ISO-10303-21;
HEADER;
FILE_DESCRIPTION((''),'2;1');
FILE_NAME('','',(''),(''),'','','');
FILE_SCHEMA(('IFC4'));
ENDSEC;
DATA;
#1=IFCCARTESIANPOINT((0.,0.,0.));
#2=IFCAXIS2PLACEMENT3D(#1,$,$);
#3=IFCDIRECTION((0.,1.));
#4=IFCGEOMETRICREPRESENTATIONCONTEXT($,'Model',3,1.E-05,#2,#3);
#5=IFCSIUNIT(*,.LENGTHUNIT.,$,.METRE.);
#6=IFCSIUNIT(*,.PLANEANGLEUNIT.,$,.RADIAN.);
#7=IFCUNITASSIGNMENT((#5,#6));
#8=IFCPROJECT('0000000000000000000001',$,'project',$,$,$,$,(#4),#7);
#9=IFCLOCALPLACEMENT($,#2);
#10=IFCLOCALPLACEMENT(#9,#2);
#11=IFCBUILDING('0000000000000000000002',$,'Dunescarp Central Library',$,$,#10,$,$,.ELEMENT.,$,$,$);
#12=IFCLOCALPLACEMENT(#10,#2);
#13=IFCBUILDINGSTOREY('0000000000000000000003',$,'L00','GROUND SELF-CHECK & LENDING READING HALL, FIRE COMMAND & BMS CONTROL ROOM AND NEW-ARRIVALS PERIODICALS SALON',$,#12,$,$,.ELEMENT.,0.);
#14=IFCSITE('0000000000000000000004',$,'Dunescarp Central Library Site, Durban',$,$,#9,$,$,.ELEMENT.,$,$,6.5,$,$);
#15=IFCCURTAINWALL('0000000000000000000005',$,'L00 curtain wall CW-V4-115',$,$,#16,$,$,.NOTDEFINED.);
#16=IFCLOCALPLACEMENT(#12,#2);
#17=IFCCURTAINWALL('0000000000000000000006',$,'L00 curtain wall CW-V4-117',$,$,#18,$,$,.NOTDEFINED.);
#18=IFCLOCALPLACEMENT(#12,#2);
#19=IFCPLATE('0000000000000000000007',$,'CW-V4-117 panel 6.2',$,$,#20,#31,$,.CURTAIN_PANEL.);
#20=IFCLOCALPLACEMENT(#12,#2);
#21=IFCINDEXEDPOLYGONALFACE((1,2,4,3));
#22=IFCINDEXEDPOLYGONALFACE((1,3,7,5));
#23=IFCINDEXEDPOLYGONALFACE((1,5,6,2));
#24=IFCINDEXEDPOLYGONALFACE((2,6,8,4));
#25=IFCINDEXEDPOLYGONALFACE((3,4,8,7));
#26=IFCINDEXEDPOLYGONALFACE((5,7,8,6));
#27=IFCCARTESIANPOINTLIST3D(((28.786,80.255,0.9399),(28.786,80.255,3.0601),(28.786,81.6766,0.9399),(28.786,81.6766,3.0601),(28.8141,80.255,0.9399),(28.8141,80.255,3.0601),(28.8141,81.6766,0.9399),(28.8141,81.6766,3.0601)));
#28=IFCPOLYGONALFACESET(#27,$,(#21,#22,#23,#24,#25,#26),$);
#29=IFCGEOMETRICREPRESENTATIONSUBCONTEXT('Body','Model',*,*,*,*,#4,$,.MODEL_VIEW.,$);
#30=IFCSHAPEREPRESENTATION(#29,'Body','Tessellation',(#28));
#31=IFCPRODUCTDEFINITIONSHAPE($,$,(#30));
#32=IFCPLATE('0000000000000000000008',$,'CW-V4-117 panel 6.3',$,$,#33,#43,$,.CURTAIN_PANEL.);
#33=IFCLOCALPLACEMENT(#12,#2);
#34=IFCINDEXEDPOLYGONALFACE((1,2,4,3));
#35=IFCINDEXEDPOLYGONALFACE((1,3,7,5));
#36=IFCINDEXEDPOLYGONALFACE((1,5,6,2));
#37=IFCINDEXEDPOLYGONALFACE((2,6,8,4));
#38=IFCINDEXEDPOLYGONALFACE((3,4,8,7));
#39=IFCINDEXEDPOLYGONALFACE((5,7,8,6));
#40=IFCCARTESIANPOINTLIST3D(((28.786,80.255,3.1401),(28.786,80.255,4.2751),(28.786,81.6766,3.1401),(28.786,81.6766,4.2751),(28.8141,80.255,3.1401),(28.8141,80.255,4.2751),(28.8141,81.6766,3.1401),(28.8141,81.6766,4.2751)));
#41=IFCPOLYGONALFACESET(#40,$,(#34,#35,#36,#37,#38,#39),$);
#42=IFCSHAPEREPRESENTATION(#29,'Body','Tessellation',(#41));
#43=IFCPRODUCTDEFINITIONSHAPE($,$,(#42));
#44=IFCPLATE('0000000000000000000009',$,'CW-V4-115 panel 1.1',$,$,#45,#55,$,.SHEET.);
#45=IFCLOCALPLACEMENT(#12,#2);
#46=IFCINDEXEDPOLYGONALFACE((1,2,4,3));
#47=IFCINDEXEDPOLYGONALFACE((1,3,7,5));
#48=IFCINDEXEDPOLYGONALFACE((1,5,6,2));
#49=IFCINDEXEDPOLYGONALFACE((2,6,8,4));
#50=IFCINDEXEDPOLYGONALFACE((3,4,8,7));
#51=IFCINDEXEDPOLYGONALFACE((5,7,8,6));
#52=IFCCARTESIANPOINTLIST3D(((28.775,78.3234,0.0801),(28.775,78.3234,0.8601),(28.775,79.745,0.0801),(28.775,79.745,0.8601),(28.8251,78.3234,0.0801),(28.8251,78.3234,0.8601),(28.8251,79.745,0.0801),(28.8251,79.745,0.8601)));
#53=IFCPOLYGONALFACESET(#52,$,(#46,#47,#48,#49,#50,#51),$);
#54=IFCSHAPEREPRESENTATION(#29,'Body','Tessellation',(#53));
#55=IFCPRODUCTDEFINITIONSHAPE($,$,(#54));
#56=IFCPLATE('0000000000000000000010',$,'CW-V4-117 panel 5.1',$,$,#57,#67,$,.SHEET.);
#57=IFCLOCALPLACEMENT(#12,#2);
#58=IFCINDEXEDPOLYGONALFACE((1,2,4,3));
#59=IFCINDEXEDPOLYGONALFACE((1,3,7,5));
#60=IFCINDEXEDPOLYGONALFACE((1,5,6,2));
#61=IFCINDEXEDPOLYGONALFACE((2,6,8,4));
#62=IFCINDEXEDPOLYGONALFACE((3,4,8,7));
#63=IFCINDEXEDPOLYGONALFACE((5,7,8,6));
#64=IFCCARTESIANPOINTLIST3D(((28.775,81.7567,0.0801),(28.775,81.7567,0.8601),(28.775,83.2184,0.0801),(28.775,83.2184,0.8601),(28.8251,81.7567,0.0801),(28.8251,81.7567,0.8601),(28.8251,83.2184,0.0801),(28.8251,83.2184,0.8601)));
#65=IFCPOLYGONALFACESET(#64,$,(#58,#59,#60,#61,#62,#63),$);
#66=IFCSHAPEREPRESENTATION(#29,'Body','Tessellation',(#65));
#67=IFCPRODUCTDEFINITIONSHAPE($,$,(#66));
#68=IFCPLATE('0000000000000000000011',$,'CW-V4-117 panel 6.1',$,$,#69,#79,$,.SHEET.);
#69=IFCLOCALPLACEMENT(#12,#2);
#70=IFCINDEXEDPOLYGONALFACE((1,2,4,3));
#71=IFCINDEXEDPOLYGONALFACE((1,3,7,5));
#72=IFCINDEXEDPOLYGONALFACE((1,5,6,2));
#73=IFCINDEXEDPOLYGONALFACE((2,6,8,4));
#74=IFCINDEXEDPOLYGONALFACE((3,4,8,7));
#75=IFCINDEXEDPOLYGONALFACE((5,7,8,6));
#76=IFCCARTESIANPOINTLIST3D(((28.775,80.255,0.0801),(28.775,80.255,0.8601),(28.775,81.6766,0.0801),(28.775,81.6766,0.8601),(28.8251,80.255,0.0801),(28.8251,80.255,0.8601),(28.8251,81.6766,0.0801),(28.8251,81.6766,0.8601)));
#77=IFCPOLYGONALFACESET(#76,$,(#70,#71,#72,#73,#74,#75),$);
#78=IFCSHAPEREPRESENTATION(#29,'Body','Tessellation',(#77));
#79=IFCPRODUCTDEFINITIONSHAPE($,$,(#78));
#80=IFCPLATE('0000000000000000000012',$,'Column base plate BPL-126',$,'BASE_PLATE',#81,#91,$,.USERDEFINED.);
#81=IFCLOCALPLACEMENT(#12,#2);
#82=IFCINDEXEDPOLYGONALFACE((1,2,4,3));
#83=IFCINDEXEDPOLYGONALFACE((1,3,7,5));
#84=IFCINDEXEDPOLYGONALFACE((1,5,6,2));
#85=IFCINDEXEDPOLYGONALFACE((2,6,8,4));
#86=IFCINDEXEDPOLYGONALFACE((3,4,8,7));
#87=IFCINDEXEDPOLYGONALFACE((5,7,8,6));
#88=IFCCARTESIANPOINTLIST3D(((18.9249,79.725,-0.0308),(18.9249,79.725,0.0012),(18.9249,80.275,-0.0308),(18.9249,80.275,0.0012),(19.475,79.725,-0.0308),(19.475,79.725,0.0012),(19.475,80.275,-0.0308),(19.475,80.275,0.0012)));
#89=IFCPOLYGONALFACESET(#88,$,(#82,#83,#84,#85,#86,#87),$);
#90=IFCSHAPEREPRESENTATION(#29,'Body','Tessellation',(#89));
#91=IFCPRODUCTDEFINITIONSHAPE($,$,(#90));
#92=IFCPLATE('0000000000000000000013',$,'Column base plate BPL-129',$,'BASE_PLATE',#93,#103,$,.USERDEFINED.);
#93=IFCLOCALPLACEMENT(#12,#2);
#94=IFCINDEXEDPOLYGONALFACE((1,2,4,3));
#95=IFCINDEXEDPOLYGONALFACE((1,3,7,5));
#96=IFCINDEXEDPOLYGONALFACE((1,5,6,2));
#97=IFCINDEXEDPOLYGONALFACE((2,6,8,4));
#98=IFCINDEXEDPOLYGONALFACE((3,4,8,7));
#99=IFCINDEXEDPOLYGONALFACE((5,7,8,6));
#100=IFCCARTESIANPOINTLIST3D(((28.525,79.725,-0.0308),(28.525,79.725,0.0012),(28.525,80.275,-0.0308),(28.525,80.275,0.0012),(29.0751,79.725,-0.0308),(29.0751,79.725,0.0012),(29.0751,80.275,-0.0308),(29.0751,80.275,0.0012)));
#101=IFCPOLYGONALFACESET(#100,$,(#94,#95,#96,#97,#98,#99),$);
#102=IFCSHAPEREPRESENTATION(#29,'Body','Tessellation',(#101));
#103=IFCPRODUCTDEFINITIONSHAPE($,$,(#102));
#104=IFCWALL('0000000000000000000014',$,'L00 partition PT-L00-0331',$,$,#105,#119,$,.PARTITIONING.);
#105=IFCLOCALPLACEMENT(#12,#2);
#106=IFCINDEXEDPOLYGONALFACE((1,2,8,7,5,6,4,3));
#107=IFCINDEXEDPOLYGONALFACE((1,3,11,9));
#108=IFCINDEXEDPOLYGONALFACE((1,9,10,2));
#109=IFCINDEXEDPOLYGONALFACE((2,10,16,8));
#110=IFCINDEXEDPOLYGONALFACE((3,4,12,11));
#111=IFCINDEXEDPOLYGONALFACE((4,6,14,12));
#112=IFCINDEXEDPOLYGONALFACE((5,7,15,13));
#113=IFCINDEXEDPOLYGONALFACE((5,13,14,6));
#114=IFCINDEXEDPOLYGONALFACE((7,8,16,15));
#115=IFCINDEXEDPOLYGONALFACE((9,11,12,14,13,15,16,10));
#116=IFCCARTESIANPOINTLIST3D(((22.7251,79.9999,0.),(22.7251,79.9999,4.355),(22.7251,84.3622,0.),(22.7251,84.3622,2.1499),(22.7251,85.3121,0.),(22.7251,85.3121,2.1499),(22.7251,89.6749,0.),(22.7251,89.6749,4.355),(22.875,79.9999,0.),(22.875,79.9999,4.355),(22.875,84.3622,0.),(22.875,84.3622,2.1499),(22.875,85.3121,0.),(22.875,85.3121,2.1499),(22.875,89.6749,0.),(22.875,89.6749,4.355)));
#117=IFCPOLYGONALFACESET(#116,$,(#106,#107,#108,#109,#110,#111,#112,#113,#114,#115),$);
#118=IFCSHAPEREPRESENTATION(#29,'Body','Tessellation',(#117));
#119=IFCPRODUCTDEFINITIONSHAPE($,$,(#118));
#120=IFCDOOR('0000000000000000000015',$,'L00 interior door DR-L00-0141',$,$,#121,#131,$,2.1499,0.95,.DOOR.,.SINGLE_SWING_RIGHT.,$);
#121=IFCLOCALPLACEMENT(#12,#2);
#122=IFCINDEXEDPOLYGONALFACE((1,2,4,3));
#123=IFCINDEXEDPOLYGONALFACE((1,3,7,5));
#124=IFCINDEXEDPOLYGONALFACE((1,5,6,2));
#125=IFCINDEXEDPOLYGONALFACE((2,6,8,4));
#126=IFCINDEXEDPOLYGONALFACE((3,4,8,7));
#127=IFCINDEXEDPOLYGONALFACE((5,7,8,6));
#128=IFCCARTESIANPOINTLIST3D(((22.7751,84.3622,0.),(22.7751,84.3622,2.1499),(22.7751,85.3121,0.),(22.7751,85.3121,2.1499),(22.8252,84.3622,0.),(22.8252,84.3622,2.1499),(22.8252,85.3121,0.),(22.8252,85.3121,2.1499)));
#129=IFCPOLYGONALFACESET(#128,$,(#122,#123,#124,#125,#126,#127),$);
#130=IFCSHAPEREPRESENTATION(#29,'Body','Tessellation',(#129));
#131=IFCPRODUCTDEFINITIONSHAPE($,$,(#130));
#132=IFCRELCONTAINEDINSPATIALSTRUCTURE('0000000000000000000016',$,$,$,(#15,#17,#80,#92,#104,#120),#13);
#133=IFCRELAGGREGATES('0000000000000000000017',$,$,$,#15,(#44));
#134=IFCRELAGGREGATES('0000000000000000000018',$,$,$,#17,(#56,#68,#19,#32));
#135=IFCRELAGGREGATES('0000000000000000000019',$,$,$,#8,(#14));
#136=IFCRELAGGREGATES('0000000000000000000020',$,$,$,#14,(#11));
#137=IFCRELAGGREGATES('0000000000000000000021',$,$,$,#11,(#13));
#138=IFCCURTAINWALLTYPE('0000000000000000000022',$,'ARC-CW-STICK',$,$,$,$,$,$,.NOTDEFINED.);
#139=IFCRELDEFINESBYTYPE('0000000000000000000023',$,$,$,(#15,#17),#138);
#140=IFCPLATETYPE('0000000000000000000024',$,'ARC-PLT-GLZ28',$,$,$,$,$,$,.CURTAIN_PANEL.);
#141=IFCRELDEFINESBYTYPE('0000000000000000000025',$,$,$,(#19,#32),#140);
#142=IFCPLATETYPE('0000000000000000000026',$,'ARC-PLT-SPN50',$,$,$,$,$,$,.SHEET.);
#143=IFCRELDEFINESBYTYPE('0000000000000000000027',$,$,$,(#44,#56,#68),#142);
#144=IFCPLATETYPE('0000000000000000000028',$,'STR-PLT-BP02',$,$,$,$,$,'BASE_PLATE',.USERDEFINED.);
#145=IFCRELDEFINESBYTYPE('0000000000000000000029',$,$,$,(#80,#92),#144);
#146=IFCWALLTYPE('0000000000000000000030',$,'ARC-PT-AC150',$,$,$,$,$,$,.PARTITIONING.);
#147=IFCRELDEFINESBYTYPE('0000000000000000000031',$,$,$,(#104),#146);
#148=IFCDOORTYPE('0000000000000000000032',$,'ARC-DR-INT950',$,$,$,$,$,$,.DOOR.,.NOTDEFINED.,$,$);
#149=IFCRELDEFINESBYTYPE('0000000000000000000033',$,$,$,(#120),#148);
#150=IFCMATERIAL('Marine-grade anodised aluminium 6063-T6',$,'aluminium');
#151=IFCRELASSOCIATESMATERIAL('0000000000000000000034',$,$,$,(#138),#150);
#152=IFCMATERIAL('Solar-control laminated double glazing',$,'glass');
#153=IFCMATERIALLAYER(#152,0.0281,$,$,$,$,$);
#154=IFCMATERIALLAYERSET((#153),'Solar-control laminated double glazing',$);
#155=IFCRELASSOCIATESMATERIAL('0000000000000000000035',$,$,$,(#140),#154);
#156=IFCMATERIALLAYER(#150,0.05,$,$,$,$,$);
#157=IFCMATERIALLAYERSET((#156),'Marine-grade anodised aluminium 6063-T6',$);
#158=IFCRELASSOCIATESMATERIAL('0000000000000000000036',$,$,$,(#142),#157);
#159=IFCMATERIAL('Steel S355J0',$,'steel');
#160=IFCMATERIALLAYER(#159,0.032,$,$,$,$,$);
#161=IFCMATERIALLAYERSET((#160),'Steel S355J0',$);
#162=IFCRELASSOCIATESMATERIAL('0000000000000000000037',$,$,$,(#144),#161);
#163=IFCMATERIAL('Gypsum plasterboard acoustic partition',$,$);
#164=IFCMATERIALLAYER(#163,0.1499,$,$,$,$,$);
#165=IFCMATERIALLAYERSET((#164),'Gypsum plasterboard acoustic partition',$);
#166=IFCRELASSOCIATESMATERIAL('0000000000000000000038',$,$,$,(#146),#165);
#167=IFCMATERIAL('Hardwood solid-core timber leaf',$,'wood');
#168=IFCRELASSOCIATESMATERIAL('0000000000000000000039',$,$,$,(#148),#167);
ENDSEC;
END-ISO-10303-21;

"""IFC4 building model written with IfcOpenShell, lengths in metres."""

from ifc_helpers import new_model, si_unit, direction, frame, frame_2d, origin, origin_2d, place, context, subcontext, project, spatial, rectangle, extrude, material, layer, layer_set, type_object, element, fill, aggregate, save


model = new_model("IFC4")

# Units and contexts
model_context = context("Model", 3, precision=1e-05, world=origin(), true_north=direction((0.0, 1.0)))
body_context = subcontext(model_context, "Body", "Model", "MODEL_VIEW")
ifc_project = project(units=[si_unit("LENGTHUNIT", "METRE"), si_unit("PLANEANGLEUNIT", "RADIAN")], contexts=[model_context])

# Site, building, storey
site_placement = place(None, origin())
site = spatial("IfcSite", under=ifc_project, at=site_placement, Name="Dunescarp Central Library Site, Durban", CompositionType="ELEMENT", RefElevation=6.5)
building_placement = place(site_placement, origin())
building = spatial("IfcBuilding", under=site, at=building_placement, Name="Dunescarp Central Library", CompositionType="ELEMENT")
storey_placement = place(building_placement, origin())
storey = spatial("IfcBuildingStorey", under=building, at=storey_placement, Name="L00", Description="GROUND SELF-CHECK & LENDING READING HALL, FIRE COMMAND & BMS CONTROL ROOM AND NEW-ARRIVALS PERIODICALS SALON", CompositionType="ELEMENT", Elevation=0.0)

# Curtain wall
ifc_material_1 = material(Name="Marine-grade anodised aluminium 6063-T6", Category="aluminium")
curtain_wall_type = type_object("IfcCurtainWallType", Name="ARC-CW-STICK", PredefinedType="NOTDEFINED", material=ifc_material_1)
curtain_wall_1_placement = place(storey_placement, origin())
curtain_wall_1 = element("IfcCurtainWall", 1, at=curtain_wall_1_placement, inside=storey, type_object=curtain_wall_type, Name="L00 curtain wall CW-V4-115", PredefinedType="NOTDEFINED")

# Curtain wall
curtain_wall_2_placement = place(storey_placement, origin())
curtain_wall_2 = element("IfcCurtainWall", 2, at=curtain_wall_2_placement, inside=storey, type_object=curtain_wall_type, Name="L00 curtain wall CW-V4-117", PredefinedType="NOTDEFINED")

# Plates
ifc_material_2 = material(Name="Solar-control laminated double glazing", Category="glass")
ifc_layer_1 = layer(ifc_material_2, 0.0281)
ifc_layer_set_1 = layer_set([ifc_layer_1], Name="Solar-control laminated double glazing")
plate_type_1 = type_object("IfcPlateType", Name="ARC-PLT-GLZ28", PredefinedType="CURTAIN_PANEL", material=ifc_layer_set_1)
plate_1_placement = place(storey_placement, frame((28.8, 80.9658, 0.9399), z_axis=(0.0, 0.0, 1.0), x_axis=(0.0, -1.0, 0.0)))
plate_1 = element("IfcPlate", 3, at=plate_1_placement, type_object=plate_type_1, Name="CW-V4-117 panel 6.2", PredefinedType="CURTAIN_PANEL", context=body_context, shape_type="SweptSolid", body=[
    extrude(rectangle(XDim=1.4216, YDim=0.0281, at=origin_2d()), origin(), (0.0, 0.0, 1.0), 2.1201),
])
plate_2_placement = place(storey_placement, frame((28.8, 80.9658, 3.1401), z_axis=(0.0, 0.0, 1.0), x_axis=(0.0, -1.0, 0.0)))
plate_2 = element("IfcPlate", 4, at=plate_2_placement, type_object=plate_type_1, Name="CW-V4-117 panel 6.3", PredefinedType="CURTAIN_PANEL", context=body_context, shape_type="SweptSolid", body=[
    extrude(rectangle(XDim=1.4216, YDim=0.0281, at=origin_2d()), origin(), (0.0, 0.0, 1.0), 1.135),
])
ifc_layer_2 = layer(ifc_material_1, 0.05)
ifc_layer_set_2 = layer_set([ifc_layer_2], Name="Marine-grade anodised aluminium 6063-T6")
plate_type_2 = type_object("IfcPlateType", Name="ARC-PLT-SPN50", PredefinedType="SHEET", material=ifc_layer_set_2)
plate_3_placement = place(storey_placement, frame((28.8, 79.0342, 0.0801), z_axis=(0.0, 0.0, 1.0), x_axis=(0.0, -1.0, 0.0)))
plate_3 = element("IfcPlate", 5, at=plate_3_placement, type_object=plate_type_2, Name="CW-V4-115 panel 1.1", PredefinedType="SHEET", context=body_context, shape_type="SweptSolid", body=[
    extrude(rectangle(XDim=1.4216, YDim=0.05, at=origin_2d()), origin(), (0.0, 0.0, 1.0), 0.78),
])
aggregate(curtain_wall_1, [plate_3])
plate_4_placement = place(storey_placement, frame((28.8, 82.4875, 0.0801), z_axis=(0.0, 0.0, 1.0), x_axis=(0.0, -1.0, 0.0)))
plate_4 = element("IfcPlate", 6, at=plate_4_placement, type_object=plate_type_2, Name="CW-V4-117 panel 5.1", PredefinedType="SHEET", context=body_context, shape_type="SweptSolid", body=[
    extrude(rectangle(XDim=1.4617, YDim=0.05, at=origin_2d()), origin(), (0.0, 0.0, 1.0), 0.78),
])
plate_5_placement = place(storey_placement, frame((28.8, 80.9658, 0.0801), z_axis=(0.0, 0.0, 1.0), x_axis=(0.0, -1.0, 0.0)))
plate_5 = element("IfcPlate", 7, at=plate_5_placement, type_object=plate_type_2, Name="CW-V4-117 panel 6.1", PredefinedType="SHEET", context=body_context, shape_type="SweptSolid", body=[
    extrude(rectangle(XDim=1.4216, YDim=0.05, at=origin_2d()), origin(), (0.0, 0.0, 1.0), 0.78),
])
aggregate(curtain_wall_2, [plate_4, plate_5, plate_1, plate_2])

# Plates
ifc_material_3 = material(Name="Steel S355J0", Category="steel")
ifc_layer_3 = layer(ifc_material_3, 0.032)
ifc_layer_set_3 = layer_set([ifc_layer_3], Name="Steel S355J0")
plate_type_3 = type_object("IfcPlateType", Name="STR-PLT-BP02", ElementType="BASE_PLATE", PredefinedType="USERDEFINED", material=ifc_layer_set_3)
for number, where, z_axis, x_axis, name in (
    (8, (19.2, 80.0, -0.0308), (0.0, 0.0, 1.0), (1.0, 0.0, 0.0), "Column base plate BPL-126"),
    (9, (28.8, 80.0, -0.0308), (0.0, 0.0, 1.0), (1.0, 0.0, 0.0), "Column base plate BPL-129"),
):
    element("IfcPlate", number, at=place(storey_placement, frame(where, z_axis=z_axis, x_axis=x_axis)), inside=storey, type_object=plate_type_3, Name=name, ObjectType="BASE_PLATE", PredefinedType="USERDEFINED", context=body_context, shape_type="SweptSolid", body=[
        extrude(rectangle(XDim=0.55, YDim=0.55, at=origin_2d()), origin(), (0.0, 0.0, 1.0), 0.032),
    ])

# Wall, opening, door
ifc_material_4 = material(Name="Gypsum plasterboard acoustic partition")
ifc_layer_4 = layer(ifc_material_4, 0.1499)
ifc_layer_set_4 = layer_set([ifc_layer_4], Name="Gypsum plasterboard acoustic partition")
wall_type = type_object("IfcWallType", Name="ARC-PT-AC150", PredefinedType="PARTITIONING", material=ifc_layer_set_4)
wall_placement = place(storey_placement, frame((22.8, 80.0, 0.0), z_axis=(0.0, 0.0, 1.0), x_axis=(0.0, 1.0, 0.0)))
wall = element("IfcWall", 10, at=wall_placement, inside=storey, type_object=wall_type, Name="L00 partition PT-L00-0331", PredefinedType="PARTITIONING", context=body_context, shape_type="SweptSolid", body=[
    extrude(rectangle(XDim=9.675, YDim=0.1499, at=frame_2d((4.8374, 0.0))), origin(), (0.0, 0.0, 1.0), 4.355),
])
opening_placement = place(wall_placement, frame((4.3621, 0.0, 0.0)))
opening = element("IfcOpeningElement", 11, at=opening_placement, cuts=wall, PredefinedType="OPENING", context=body_context, shape_type="SweptSolid", body=[
    extrude(rectangle(XDim=0.95, YDim=2.1499, at=frame_2d((0.4751, 1.075))), frame((0.0, 0.085, 0.0), z_axis=(0.0, -1.0, 0.0), x_axis=(1.0, 0.0, 0.0)), (0.0, 0.0, 1.0), 0.1699),
])
ifc_material_5 = material(Name="Hardwood solid-core timber leaf", Category="wood")
door_type = type_object("IfcDoorType", Name="ARC-DR-INT950", OperationType="NOTDEFINED", PredefinedType="DOOR", material=ifc_material_5)
door_placement = place(opening_placement, origin())
door = element("IfcDoor", 12, at=door_placement, inside=storey, type_object=door_type, Name="L00 interior door DR-L00-0141", OperationType="SINGLE_SWING_RIGHT", OverallHeight=2.1499, OverallWidth=0.95, PredefinedType="DOOR", context=body_context, shape_type="SweptSolid", body=[
    extrude(rectangle(XDim=0.95, YDim=2.1499, at=frame_2d((0.4751, 1.075))), frame((0.0, 0.0249, 0.0), z_axis=(0.0, -1.0, 0.0), x_axis=(1.0, 0.0, 0.0)), (0.0, 0.0, 1.0), 0.05),
])
fill(opening, door)

save(model, "model.ifc")
